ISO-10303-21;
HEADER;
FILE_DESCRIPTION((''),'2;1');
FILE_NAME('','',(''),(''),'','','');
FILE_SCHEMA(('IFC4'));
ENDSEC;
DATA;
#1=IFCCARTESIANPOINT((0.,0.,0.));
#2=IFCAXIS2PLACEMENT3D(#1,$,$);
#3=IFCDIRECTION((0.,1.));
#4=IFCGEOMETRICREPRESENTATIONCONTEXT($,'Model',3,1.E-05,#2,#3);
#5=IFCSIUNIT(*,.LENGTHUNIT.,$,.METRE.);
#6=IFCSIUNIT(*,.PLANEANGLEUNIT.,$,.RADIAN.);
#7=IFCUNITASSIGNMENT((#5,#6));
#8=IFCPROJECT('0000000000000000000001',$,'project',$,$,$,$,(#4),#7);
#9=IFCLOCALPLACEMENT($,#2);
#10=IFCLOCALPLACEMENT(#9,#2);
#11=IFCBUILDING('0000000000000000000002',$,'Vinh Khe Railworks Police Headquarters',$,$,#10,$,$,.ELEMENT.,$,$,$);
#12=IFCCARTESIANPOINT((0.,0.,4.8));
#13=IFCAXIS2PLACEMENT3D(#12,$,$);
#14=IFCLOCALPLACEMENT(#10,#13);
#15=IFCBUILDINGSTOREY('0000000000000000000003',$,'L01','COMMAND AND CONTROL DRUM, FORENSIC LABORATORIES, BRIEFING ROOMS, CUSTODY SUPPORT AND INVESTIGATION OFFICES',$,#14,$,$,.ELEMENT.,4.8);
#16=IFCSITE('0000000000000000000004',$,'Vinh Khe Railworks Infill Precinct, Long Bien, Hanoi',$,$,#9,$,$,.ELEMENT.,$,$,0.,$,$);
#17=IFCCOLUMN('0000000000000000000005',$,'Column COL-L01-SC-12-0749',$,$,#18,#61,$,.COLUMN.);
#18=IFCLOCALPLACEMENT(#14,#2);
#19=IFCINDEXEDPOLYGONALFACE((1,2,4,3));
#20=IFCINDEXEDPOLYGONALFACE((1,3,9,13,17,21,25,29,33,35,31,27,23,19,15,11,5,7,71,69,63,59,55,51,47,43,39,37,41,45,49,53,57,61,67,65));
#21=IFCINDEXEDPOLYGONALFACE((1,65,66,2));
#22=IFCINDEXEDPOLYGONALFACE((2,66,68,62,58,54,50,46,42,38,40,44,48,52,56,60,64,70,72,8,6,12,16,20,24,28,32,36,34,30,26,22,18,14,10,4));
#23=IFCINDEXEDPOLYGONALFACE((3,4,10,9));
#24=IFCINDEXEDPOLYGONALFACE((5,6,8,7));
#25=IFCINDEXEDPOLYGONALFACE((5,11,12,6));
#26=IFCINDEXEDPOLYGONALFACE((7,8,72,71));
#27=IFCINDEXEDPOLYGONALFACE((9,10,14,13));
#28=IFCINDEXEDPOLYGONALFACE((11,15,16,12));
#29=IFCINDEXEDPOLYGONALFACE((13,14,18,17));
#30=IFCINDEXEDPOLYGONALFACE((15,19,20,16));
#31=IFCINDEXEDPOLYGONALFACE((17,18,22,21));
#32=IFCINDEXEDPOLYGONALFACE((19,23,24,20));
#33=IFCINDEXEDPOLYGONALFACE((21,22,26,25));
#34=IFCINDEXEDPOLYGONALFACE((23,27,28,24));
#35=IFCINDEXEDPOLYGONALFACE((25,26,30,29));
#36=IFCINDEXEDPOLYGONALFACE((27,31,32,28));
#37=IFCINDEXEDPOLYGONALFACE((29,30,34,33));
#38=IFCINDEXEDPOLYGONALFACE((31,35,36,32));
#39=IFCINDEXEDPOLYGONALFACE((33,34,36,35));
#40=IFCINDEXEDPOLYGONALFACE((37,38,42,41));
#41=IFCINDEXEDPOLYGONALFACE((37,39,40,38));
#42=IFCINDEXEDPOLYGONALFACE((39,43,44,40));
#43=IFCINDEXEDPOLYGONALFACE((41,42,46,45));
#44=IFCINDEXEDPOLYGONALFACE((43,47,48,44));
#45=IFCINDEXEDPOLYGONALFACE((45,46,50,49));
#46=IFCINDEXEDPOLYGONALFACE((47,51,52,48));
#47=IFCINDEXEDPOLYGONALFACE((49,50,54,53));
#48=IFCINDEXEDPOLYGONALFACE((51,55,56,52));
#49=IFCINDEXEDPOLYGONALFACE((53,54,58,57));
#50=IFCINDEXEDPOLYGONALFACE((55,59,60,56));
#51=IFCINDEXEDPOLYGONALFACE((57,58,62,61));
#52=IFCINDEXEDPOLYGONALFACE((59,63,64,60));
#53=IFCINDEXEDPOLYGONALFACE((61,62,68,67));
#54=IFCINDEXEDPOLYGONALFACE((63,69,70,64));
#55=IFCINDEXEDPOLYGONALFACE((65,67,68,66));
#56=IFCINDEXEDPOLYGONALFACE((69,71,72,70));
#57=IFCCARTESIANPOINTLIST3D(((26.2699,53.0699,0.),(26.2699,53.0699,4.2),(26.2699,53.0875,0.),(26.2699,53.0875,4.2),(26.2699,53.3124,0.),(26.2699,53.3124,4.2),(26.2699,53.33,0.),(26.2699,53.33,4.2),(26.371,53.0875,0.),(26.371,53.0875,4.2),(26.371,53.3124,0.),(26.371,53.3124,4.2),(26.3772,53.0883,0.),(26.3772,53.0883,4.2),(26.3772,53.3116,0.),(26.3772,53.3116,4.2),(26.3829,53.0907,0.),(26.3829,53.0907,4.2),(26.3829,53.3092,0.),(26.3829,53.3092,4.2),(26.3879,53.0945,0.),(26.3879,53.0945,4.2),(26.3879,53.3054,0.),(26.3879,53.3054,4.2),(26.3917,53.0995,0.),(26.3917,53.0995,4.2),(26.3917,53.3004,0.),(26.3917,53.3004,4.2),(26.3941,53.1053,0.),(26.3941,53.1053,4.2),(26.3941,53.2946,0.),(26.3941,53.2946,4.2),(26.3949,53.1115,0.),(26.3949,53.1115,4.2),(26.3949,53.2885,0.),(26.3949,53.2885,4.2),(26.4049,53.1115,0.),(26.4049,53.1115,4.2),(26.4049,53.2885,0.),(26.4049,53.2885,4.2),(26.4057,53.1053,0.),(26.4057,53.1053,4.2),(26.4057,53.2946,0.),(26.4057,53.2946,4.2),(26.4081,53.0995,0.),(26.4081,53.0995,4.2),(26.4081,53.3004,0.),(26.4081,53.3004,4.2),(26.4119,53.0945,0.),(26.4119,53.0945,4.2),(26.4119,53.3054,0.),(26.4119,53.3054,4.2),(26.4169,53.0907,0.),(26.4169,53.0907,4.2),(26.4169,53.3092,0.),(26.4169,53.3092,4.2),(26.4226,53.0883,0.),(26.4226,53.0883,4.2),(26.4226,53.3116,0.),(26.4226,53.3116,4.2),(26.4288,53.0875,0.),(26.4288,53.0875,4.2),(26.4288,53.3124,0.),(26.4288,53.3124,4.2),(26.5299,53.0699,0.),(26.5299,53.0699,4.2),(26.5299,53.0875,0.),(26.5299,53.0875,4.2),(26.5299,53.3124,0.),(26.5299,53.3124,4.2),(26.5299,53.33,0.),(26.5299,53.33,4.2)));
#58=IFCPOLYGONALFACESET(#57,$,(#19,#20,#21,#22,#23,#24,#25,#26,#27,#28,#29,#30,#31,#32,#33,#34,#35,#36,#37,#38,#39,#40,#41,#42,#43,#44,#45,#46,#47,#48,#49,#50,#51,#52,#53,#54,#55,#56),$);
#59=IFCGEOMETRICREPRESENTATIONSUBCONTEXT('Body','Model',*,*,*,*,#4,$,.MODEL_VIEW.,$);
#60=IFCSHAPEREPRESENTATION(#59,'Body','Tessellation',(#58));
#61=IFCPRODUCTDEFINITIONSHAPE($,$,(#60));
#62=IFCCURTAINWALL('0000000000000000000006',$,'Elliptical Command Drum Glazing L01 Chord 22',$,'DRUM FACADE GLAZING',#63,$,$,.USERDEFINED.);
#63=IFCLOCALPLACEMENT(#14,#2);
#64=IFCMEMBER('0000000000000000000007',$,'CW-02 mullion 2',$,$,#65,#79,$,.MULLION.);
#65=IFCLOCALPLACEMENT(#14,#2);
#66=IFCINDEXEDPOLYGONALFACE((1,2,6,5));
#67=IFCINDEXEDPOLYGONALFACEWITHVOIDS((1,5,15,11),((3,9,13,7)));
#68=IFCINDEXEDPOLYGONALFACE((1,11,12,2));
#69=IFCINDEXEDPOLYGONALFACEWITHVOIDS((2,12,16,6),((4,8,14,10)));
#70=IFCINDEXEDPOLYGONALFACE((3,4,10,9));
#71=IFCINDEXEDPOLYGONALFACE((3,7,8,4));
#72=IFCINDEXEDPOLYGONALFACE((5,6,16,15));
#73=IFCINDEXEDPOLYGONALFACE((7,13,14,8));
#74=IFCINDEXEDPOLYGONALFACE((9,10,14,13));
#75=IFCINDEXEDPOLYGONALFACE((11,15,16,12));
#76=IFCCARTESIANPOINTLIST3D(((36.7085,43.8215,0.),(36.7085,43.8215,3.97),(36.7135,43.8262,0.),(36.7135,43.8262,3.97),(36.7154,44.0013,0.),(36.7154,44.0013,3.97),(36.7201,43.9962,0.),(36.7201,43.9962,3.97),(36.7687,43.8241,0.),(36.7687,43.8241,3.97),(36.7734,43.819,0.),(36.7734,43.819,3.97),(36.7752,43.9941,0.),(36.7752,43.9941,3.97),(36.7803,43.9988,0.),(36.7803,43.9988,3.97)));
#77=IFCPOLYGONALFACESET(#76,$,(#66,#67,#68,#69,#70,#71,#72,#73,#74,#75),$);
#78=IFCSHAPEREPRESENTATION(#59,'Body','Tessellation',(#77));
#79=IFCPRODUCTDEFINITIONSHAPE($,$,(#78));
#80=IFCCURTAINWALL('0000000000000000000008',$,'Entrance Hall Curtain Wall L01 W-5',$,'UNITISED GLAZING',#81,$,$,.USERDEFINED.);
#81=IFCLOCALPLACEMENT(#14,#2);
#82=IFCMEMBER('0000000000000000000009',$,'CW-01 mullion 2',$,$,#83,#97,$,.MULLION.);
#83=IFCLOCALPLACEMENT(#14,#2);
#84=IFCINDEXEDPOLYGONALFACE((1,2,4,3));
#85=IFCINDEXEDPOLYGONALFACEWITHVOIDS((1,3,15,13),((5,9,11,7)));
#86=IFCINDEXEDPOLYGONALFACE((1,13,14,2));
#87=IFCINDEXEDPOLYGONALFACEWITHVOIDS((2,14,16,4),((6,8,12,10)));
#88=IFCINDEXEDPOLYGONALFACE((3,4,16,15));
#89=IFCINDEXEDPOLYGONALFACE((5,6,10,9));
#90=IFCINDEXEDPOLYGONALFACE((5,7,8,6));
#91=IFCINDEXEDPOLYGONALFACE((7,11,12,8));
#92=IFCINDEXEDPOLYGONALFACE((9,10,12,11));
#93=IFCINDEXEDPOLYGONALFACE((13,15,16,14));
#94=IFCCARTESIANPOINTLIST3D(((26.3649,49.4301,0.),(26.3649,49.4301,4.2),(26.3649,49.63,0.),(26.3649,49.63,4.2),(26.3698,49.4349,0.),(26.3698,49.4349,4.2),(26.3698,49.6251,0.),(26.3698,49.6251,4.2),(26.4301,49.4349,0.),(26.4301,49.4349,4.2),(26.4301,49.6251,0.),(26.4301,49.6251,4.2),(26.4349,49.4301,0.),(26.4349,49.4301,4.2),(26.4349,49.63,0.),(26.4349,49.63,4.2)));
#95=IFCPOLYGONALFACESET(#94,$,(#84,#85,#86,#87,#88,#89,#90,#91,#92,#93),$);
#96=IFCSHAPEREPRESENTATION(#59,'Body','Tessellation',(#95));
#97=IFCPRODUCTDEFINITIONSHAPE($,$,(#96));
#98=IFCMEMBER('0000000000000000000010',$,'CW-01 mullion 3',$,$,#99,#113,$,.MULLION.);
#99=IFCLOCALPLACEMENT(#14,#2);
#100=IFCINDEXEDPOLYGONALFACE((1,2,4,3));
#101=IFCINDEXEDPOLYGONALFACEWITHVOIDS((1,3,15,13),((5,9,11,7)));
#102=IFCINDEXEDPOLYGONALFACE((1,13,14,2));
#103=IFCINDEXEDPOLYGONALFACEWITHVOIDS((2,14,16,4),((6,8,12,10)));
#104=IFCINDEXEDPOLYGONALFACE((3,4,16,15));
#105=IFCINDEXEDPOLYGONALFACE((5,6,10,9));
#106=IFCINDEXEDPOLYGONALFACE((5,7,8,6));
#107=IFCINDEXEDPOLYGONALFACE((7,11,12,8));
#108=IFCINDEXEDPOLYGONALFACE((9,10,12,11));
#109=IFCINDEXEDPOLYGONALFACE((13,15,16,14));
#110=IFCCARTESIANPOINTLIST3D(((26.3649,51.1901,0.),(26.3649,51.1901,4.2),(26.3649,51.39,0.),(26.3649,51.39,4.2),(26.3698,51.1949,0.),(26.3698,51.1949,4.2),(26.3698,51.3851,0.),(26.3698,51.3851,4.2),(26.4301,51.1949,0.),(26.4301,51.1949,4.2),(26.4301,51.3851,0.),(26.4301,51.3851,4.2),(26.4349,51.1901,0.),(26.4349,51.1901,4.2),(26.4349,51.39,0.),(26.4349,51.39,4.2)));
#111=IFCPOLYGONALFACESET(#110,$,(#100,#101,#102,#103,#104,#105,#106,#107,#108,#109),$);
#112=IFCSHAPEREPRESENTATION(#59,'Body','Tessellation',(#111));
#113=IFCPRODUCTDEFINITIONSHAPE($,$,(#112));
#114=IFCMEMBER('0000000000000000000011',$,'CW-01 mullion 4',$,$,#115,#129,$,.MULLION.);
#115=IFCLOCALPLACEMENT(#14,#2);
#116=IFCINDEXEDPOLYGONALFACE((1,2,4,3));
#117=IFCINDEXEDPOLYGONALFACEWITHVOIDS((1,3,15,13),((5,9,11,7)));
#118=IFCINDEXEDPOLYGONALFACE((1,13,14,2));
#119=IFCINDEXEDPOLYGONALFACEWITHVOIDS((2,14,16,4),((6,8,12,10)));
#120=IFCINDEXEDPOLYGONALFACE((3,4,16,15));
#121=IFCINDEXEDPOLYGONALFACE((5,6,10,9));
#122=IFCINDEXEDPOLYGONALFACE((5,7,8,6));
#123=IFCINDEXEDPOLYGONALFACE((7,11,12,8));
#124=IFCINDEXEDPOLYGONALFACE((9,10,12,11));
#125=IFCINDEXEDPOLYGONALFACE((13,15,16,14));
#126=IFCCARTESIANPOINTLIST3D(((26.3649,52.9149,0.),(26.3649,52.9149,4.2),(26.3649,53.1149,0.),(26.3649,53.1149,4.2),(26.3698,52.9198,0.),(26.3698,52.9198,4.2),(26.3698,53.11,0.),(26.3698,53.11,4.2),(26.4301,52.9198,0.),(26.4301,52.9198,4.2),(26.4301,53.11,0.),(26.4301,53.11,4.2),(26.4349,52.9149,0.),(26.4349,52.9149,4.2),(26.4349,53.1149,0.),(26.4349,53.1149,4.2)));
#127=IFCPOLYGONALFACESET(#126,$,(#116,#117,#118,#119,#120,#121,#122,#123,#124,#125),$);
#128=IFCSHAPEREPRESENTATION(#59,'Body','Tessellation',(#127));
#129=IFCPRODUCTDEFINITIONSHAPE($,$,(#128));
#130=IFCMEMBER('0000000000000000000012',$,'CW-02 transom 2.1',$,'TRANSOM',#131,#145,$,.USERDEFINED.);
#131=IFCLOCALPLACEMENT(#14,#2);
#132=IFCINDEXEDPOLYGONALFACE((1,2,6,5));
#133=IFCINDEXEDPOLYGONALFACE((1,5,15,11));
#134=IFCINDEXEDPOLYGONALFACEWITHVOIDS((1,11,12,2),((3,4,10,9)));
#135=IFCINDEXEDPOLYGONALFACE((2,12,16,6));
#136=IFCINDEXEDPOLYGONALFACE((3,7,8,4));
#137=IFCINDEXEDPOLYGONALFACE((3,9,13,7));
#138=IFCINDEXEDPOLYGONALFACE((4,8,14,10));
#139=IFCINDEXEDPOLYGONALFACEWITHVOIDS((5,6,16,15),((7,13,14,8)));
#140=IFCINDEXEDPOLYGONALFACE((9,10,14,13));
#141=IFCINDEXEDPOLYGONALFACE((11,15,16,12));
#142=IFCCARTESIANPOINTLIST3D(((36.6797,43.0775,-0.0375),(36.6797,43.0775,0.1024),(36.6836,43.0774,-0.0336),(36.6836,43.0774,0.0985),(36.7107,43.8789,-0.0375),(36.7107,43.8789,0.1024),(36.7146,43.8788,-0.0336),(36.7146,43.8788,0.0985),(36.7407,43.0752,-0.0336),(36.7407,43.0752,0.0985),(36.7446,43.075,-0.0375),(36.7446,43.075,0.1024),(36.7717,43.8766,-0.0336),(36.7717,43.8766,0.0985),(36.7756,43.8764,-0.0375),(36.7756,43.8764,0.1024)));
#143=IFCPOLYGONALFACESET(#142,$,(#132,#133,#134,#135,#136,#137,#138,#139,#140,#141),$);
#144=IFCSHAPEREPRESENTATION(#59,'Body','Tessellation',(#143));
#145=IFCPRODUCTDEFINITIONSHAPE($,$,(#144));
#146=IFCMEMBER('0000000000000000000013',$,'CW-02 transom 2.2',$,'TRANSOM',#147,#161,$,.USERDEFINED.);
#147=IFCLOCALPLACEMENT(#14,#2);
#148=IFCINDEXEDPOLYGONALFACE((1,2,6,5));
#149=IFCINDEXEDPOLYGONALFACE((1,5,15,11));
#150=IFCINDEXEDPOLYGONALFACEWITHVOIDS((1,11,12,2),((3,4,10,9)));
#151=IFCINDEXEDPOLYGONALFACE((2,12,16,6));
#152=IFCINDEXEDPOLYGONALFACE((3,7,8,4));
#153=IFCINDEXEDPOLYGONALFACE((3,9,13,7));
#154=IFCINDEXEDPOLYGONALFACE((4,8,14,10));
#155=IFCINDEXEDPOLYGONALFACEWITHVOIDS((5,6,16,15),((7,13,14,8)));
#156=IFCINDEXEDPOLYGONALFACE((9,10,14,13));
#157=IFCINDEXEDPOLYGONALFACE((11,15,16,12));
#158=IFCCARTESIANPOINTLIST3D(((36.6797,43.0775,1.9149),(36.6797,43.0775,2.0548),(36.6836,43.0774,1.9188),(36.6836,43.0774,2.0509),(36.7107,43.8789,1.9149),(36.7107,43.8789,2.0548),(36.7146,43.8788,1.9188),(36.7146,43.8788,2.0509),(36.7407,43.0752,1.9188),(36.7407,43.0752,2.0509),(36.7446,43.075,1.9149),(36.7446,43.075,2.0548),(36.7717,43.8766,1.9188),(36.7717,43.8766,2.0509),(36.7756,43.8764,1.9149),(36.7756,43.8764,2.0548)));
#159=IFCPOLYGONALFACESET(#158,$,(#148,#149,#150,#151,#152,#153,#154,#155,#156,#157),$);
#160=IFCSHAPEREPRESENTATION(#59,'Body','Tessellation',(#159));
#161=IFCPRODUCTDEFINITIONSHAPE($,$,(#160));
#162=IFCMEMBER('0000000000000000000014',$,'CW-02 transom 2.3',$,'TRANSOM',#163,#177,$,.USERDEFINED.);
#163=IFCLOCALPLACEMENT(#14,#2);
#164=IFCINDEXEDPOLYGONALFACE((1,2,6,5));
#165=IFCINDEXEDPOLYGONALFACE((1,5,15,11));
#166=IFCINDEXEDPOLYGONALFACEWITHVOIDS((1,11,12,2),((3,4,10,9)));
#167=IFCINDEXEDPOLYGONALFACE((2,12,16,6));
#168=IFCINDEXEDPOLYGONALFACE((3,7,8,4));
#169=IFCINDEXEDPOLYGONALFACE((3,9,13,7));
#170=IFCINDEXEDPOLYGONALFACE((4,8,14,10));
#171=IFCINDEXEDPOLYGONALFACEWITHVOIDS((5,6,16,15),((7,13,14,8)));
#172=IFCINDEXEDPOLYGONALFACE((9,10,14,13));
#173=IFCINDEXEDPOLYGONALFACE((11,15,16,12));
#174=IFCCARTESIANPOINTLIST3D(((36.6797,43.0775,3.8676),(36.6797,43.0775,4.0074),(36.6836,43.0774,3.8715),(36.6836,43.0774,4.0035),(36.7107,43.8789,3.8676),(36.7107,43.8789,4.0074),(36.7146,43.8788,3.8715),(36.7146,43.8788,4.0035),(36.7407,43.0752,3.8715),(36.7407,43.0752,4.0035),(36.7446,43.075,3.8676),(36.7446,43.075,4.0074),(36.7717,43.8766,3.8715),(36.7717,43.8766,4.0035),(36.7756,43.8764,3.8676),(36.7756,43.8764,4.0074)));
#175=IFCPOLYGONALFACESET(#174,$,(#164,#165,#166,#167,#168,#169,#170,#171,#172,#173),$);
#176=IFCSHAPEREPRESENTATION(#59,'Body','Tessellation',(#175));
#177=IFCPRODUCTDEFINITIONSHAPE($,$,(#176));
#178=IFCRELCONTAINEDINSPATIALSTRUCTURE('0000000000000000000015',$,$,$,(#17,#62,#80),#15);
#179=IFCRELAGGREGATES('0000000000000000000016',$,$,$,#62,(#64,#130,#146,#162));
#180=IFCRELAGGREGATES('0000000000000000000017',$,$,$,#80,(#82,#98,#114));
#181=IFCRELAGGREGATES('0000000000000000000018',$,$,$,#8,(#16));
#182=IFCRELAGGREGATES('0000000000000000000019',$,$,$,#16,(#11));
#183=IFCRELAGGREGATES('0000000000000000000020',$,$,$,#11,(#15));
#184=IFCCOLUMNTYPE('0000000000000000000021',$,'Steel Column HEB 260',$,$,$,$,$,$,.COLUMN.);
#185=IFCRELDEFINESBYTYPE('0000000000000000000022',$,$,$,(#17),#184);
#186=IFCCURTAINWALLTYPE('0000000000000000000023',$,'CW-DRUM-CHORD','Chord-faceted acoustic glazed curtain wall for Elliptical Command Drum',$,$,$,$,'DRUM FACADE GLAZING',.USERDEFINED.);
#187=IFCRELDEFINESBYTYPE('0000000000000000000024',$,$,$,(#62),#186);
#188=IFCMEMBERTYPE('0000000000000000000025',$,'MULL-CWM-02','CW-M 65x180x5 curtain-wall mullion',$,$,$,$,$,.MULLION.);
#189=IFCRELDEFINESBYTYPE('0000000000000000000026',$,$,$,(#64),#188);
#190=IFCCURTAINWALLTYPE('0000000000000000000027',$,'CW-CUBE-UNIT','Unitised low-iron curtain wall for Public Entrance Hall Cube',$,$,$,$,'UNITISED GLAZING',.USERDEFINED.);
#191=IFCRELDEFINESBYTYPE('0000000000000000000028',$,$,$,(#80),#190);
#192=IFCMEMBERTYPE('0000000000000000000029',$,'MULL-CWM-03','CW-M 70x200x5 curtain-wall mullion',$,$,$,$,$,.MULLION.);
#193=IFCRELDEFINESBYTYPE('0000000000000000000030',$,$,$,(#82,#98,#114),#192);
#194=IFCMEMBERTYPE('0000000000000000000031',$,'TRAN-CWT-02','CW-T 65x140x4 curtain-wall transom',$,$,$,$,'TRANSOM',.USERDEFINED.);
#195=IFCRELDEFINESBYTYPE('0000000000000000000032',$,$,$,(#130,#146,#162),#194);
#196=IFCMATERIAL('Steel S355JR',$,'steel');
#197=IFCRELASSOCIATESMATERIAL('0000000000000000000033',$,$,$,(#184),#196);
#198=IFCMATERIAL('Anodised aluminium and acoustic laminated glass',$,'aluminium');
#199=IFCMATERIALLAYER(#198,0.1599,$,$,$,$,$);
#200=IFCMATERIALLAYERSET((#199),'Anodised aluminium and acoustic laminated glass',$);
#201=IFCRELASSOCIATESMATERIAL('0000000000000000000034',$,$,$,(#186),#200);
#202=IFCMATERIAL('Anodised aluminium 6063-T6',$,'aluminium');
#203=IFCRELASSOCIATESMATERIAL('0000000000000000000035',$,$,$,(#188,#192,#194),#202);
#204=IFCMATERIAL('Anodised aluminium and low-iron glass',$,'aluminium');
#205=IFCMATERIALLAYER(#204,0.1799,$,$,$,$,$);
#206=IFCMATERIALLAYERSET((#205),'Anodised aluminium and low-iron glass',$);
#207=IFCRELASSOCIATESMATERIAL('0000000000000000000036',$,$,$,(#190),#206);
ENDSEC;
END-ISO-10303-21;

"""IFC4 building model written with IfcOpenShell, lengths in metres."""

from ifc_helpers import new_model, si_unit, direction, frame, origin, origin_2d, place, context, subcontext, project, spatial, hollow_rectangle, i_section, extrude, material, layer, layer_set, material_profile, profile_set, type_object, element, aggregate, save


model = new_model("IFC4")

# Units and contexts
model_context = context("Model", 3, precision=1e-05, world=origin(), true_north=direction((0.0, 1.0)))
body_context = subcontext(model_context, "Body", "Model", "MODEL_VIEW")
ifc_project = project(units=[si_unit("LENGTHUNIT", "METRE"), si_unit("PLANEANGLEUNIT", "RADIAN")], contexts=[model_context])

# Site, building, storey
site_placement = place(None, origin())
site = spatial("IfcSite", under=ifc_project, at=site_placement, Name="Vinh Khe Railworks Infill Precinct, Long Bien, Hanoi", CompositionType="ELEMENT", RefElevation=0.0)
building_placement = place(site_placement, origin())
building = spatial("IfcBuilding", under=site, at=building_placement, Name="Vinh Khe Railworks Police Headquarters", CompositionType="ELEMENT")
storey_placement = place(building_placement, frame((0.0, 0.0, 4.8)))
storey = spatial("IfcBuildingStorey", under=building, at=storey_placement, Name="L01", Description="COMMAND AND CONTROL DRUM, FORENSIC LABORATORIES, BRIEFING ROOMS, CUSTODY SUPPORT AND INVESTIGATION OFFICES", CompositionType="ELEMENT", Elevation=4.8)

# Column
ifc_material_1 = material(Name="Steel S355JR", Category="steel")
ifc_material_profile_1 = material_profile(ifc_material_1, i_section(OverallWidth=0.26, OverallDepth=0.26, WebThickness=0.01, FlangeThickness=0.0176, FilletRadius=0.0239, at=origin_2d()), Name="HEB 260")
ifc_profile_set_1 = profile_set([ifc_material_profile_1], Name="Steel S355JR")
column_type = type_object("IfcColumnType", Name="Steel Column HEB 260", PredefinedType="COLUMN", material=ifc_profile_set_1)
column_placement = place(storey_placement, frame((26.3999, 53.2, 0.0), z_axis=(0.0, 0.0, 1.0), x_axis=(1.0, 0.0, 0.0)))
element("IfcColumn", 1, at=column_placement, inside=storey, type_object=column_type, Name="Column COL-L01-SC-12-0749", PredefinedType="COLUMN", context=body_context, shape_type="SweptSolid", body=[
    extrude(i_section(OverallWidth=0.26, OverallDepth=0.26, WebThickness=0.01, FlangeThickness=0.0176, FilletRadius=0.0239, at=origin_2d()), origin(), (0.0, 0.0, 1.0), 4.2),
])

# Curtain wall, member
ifc_material_2 = material(Name="Anodised aluminium and acoustic laminated glass", Category="aluminium")
ifc_layer_1 = layer(ifc_material_2, 0.1599)
ifc_layer_set_1 = layer_set([ifc_layer_1], Name="Anodised aluminium and acoustic laminated glass")
curtain_wall_type_1 = type_object("IfcCurtainWallType", Name="CW-DRUM-CHORD", Description="Chord-faceted acoustic glazed curtain wall for Elliptical Command Drum", ElementType="DRUM FACADE GLAZING", PredefinedType="USERDEFINED", material=ifc_layer_set_1)
curtain_wall_1_placement = place(storey_placement, origin())
curtain_wall_1 = element("IfcCurtainWall", 2, at=curtain_wall_1_placement, inside=storey, type_object=curtain_wall_type_1, Name="Elliptical Command Drum Glazing L01 Chord 22", ObjectType="DRUM FACADE GLAZING", PredefinedType="USERDEFINED")
ifc_material_3 = material(Name="Anodised aluminium 6063-T6", Category="aluminium")
ifc_material_profile_2 = material_profile(ifc_material_3, hollow_rectangle(XDim=0.0649, YDim=0.1799, WallThickness=0.0049, at=origin_2d()), Name="CW-M 65x180x5")
ifc_profile_set_2 = profile_set([ifc_material_profile_2], Name="Anodised aluminium 6063-T6")
member_type_1 = type_object("IfcMemberType", Name="MULL-CWM-02", Description="CW-M 65x180x5 curtain-wall mullion", PredefinedType="MULLION", material=ifc_profile_set_2)
member_1_placement = place(storey_placement, frame((36.7444, 43.9102, 0.0), z_axis=(0.0, 0.0, 1.0), x_axis=(0.999258, -0.038512, 0.0)))
member_1 = element("IfcMember", 3, at=member_1_placement, type_object=member_type_1, Name="CW-02 mullion 2", PredefinedType="MULLION", context=body_context, shape_type="SweptSolid", body=[
    extrude(hollow_rectangle(XDim=0.0649, YDim=0.1799, WallThickness=0.0049, at=origin_2d()), origin(), (0.0, 0.0, 1.0), 3.97),
])

# Curtain wall, members
ifc_material_4 = material(Name="Anodised aluminium and low-iron glass", Category="aluminium")
ifc_layer_2 = layer(ifc_material_4, 0.1799)
ifc_layer_set_2 = layer_set([ifc_layer_2], Name="Anodised aluminium and low-iron glass")
curtain_wall_type_2 = type_object("IfcCurtainWallType", Name="CW-CUBE-UNIT", Description="Unitised low-iron curtain wall for Public Entrance Hall Cube", ElementType="UNITISED GLAZING", PredefinedType="USERDEFINED", material=ifc_layer_set_2)
curtain_wall_2_placement = place(storey_placement, origin())
curtain_wall_2 = element("IfcCurtainWall", 4, at=curtain_wall_2_placement, inside=storey, type_object=curtain_wall_type_2, Name="Entrance Hall Curtain Wall L01 W-5", ObjectType="UNITISED GLAZING", PredefinedType="USERDEFINED")
ifc_material_profile_3 = material_profile(ifc_material_3, hollow_rectangle(XDim=0.0701, YDim=0.2, WallThickness=0.0049, at=origin_2d()), Name="CW-M 70x200x5")
ifc_profile_set_3 = profile_set([ifc_material_profile_3], Name="Anodised aluminium 6063-T6")
member_type_2 = type_object("IfcMemberType", Name="MULL-CWM-03", Description="CW-M 70x200x5 curtain-wall mullion", PredefinedType="MULLION", material=ifc_profile_set_3)
member_2_placement = place(storey_placement, frame((26.3999, 49.53, 0.0), z_axis=(0.0, 0.0, 1.0), x_axis=(-1.0, 0.0, 0.0)))
member_2 = element("IfcMember", 5, at=member_2_placement, type_object=member_type_2, Name="CW-01 mullion 2", PredefinedType="MULLION", context=body_context, shape_type="SweptSolid", body=[
    extrude(hollow_rectangle(XDim=0.0701, YDim=0.2, WallThickness=0.0049, at=origin_2d()), origin(), (0.0, 0.0, 1.0), 4.2),
])
member_3_placement = place(storey_placement, frame((26.3999, 51.29, 0.0), z_axis=(0.0, 0.0, 1.0), x_axis=(-1.0, 0.0, 0.0)))
member_3 = element("IfcMember", 6, at=member_3_placement, type_object=member_type_2, Name="CW-01 mullion 3", PredefinedType="MULLION", context=body_context, shape_type="SweptSolid", body=[
    extrude(hollow_rectangle(XDim=0.0701, YDim=0.2, WallThickness=0.0049, at=origin_2d()), origin(), (0.0, 0.0, 1.0), 4.2),
])
member_4_placement = place(storey_placement, frame((26.3999, 53.0149, 0.0), z_axis=(0.0, 0.0, 1.0), x_axis=(-1.0, 0.0, 0.0)))
member_4 = element("IfcMember", 7, at=member_4_placement, type_object=member_type_2, Name="CW-01 mullion 4", PredefinedType="MULLION", context=body_context, shape_type="SweptSolid", body=[
    extrude(hollow_rectangle(XDim=0.0701, YDim=0.2, WallThickness=0.0049, at=origin_2d()), origin(), (0.0, 0.0, 1.0), 4.2),
])

# Members
ifc_material_profile_4 = material_profile(ifc_material_3, hollow_rectangle(XDim=0.0649, YDim=0.1399, WallThickness=0.0039, at=origin_2d()), Name="CW-T 65x140x4")
ifc_profile_set_4 = profile_set([ifc_material_profile_4], Name="Anodised aluminium 6063-T6")
member_type_3 = type_object("IfcMemberType", Name="TRAN-CWT-02", Description="CW-T 65x140x4 curtain-wall transom", ElementType="TRANSOM", PredefinedType="USERDEFINED", material=ifc_profile_set_4)
member_5_placement = place(storey_placement, frame((36.7432, 43.8777, 0.0325), z_axis=(-0.038655, -0.999253, 0.0), x_axis=(0.999253, -0.038655, 0.0)))
member_5 = element("IfcMember", 8, at=member_5_placement, type_object=member_type_3, Name="CW-02 transom 2.1", ObjectType="TRANSOM", PredefinedType="USERDEFINED", context=body_context, shape_type="SweptSolid", body=[
    extrude(hollow_rectangle(XDim=0.0649, YDim=0.1399, WallThickness=0.0039, at=origin_2d()), origin(), (0.0, 0.0, 1.0), 0.802),
])
member_6_placement = place(storey_placement, frame((36.7432, 43.8777, 1.9849), z_axis=(-0.038655, -0.999253, 0.0), x_axis=(0.999253, -0.038655, 0.0)))
member_6 = element("IfcMember", 9, at=member_6_placement, type_object=member_type_3, Name="CW-02 transom 2.2", ObjectType="TRANSOM", PredefinedType="USERDEFINED", context=body_context, shape_type="SweptSolid", body=[
    extrude(hollow_rectangle(XDim=0.0649, YDim=0.1399, WallThickness=0.0039, at=origin_2d()), origin(), (0.0, 0.0, 1.0), 0.802),
])
member_7_placement = place(storey_placement, frame((36.7432, 43.8777, 3.9375), z_axis=(-0.038655, -0.999253, 0.0), x_axis=(0.999253, -0.038655, 0.0)))
member_7 = element("IfcMember", 10, at=member_7_placement, type_object=member_type_3, Name="CW-02 transom 2.3", ObjectType="TRANSOM", PredefinedType="USERDEFINED", context=body_context, shape_type="SweptSolid", body=[
    extrude(hollow_rectangle(XDim=0.0649, YDim=0.1399, WallThickness=0.0039, at=origin_2d()), origin(), (0.0, 0.0, 1.0), 0.802),
])

aggregate(curtain_wall_1, [member_1, member_5, member_6, member_7])
aggregate(curtain_wall_2, [member_2, member_3, member_4])

save(model, "model.ifc")
